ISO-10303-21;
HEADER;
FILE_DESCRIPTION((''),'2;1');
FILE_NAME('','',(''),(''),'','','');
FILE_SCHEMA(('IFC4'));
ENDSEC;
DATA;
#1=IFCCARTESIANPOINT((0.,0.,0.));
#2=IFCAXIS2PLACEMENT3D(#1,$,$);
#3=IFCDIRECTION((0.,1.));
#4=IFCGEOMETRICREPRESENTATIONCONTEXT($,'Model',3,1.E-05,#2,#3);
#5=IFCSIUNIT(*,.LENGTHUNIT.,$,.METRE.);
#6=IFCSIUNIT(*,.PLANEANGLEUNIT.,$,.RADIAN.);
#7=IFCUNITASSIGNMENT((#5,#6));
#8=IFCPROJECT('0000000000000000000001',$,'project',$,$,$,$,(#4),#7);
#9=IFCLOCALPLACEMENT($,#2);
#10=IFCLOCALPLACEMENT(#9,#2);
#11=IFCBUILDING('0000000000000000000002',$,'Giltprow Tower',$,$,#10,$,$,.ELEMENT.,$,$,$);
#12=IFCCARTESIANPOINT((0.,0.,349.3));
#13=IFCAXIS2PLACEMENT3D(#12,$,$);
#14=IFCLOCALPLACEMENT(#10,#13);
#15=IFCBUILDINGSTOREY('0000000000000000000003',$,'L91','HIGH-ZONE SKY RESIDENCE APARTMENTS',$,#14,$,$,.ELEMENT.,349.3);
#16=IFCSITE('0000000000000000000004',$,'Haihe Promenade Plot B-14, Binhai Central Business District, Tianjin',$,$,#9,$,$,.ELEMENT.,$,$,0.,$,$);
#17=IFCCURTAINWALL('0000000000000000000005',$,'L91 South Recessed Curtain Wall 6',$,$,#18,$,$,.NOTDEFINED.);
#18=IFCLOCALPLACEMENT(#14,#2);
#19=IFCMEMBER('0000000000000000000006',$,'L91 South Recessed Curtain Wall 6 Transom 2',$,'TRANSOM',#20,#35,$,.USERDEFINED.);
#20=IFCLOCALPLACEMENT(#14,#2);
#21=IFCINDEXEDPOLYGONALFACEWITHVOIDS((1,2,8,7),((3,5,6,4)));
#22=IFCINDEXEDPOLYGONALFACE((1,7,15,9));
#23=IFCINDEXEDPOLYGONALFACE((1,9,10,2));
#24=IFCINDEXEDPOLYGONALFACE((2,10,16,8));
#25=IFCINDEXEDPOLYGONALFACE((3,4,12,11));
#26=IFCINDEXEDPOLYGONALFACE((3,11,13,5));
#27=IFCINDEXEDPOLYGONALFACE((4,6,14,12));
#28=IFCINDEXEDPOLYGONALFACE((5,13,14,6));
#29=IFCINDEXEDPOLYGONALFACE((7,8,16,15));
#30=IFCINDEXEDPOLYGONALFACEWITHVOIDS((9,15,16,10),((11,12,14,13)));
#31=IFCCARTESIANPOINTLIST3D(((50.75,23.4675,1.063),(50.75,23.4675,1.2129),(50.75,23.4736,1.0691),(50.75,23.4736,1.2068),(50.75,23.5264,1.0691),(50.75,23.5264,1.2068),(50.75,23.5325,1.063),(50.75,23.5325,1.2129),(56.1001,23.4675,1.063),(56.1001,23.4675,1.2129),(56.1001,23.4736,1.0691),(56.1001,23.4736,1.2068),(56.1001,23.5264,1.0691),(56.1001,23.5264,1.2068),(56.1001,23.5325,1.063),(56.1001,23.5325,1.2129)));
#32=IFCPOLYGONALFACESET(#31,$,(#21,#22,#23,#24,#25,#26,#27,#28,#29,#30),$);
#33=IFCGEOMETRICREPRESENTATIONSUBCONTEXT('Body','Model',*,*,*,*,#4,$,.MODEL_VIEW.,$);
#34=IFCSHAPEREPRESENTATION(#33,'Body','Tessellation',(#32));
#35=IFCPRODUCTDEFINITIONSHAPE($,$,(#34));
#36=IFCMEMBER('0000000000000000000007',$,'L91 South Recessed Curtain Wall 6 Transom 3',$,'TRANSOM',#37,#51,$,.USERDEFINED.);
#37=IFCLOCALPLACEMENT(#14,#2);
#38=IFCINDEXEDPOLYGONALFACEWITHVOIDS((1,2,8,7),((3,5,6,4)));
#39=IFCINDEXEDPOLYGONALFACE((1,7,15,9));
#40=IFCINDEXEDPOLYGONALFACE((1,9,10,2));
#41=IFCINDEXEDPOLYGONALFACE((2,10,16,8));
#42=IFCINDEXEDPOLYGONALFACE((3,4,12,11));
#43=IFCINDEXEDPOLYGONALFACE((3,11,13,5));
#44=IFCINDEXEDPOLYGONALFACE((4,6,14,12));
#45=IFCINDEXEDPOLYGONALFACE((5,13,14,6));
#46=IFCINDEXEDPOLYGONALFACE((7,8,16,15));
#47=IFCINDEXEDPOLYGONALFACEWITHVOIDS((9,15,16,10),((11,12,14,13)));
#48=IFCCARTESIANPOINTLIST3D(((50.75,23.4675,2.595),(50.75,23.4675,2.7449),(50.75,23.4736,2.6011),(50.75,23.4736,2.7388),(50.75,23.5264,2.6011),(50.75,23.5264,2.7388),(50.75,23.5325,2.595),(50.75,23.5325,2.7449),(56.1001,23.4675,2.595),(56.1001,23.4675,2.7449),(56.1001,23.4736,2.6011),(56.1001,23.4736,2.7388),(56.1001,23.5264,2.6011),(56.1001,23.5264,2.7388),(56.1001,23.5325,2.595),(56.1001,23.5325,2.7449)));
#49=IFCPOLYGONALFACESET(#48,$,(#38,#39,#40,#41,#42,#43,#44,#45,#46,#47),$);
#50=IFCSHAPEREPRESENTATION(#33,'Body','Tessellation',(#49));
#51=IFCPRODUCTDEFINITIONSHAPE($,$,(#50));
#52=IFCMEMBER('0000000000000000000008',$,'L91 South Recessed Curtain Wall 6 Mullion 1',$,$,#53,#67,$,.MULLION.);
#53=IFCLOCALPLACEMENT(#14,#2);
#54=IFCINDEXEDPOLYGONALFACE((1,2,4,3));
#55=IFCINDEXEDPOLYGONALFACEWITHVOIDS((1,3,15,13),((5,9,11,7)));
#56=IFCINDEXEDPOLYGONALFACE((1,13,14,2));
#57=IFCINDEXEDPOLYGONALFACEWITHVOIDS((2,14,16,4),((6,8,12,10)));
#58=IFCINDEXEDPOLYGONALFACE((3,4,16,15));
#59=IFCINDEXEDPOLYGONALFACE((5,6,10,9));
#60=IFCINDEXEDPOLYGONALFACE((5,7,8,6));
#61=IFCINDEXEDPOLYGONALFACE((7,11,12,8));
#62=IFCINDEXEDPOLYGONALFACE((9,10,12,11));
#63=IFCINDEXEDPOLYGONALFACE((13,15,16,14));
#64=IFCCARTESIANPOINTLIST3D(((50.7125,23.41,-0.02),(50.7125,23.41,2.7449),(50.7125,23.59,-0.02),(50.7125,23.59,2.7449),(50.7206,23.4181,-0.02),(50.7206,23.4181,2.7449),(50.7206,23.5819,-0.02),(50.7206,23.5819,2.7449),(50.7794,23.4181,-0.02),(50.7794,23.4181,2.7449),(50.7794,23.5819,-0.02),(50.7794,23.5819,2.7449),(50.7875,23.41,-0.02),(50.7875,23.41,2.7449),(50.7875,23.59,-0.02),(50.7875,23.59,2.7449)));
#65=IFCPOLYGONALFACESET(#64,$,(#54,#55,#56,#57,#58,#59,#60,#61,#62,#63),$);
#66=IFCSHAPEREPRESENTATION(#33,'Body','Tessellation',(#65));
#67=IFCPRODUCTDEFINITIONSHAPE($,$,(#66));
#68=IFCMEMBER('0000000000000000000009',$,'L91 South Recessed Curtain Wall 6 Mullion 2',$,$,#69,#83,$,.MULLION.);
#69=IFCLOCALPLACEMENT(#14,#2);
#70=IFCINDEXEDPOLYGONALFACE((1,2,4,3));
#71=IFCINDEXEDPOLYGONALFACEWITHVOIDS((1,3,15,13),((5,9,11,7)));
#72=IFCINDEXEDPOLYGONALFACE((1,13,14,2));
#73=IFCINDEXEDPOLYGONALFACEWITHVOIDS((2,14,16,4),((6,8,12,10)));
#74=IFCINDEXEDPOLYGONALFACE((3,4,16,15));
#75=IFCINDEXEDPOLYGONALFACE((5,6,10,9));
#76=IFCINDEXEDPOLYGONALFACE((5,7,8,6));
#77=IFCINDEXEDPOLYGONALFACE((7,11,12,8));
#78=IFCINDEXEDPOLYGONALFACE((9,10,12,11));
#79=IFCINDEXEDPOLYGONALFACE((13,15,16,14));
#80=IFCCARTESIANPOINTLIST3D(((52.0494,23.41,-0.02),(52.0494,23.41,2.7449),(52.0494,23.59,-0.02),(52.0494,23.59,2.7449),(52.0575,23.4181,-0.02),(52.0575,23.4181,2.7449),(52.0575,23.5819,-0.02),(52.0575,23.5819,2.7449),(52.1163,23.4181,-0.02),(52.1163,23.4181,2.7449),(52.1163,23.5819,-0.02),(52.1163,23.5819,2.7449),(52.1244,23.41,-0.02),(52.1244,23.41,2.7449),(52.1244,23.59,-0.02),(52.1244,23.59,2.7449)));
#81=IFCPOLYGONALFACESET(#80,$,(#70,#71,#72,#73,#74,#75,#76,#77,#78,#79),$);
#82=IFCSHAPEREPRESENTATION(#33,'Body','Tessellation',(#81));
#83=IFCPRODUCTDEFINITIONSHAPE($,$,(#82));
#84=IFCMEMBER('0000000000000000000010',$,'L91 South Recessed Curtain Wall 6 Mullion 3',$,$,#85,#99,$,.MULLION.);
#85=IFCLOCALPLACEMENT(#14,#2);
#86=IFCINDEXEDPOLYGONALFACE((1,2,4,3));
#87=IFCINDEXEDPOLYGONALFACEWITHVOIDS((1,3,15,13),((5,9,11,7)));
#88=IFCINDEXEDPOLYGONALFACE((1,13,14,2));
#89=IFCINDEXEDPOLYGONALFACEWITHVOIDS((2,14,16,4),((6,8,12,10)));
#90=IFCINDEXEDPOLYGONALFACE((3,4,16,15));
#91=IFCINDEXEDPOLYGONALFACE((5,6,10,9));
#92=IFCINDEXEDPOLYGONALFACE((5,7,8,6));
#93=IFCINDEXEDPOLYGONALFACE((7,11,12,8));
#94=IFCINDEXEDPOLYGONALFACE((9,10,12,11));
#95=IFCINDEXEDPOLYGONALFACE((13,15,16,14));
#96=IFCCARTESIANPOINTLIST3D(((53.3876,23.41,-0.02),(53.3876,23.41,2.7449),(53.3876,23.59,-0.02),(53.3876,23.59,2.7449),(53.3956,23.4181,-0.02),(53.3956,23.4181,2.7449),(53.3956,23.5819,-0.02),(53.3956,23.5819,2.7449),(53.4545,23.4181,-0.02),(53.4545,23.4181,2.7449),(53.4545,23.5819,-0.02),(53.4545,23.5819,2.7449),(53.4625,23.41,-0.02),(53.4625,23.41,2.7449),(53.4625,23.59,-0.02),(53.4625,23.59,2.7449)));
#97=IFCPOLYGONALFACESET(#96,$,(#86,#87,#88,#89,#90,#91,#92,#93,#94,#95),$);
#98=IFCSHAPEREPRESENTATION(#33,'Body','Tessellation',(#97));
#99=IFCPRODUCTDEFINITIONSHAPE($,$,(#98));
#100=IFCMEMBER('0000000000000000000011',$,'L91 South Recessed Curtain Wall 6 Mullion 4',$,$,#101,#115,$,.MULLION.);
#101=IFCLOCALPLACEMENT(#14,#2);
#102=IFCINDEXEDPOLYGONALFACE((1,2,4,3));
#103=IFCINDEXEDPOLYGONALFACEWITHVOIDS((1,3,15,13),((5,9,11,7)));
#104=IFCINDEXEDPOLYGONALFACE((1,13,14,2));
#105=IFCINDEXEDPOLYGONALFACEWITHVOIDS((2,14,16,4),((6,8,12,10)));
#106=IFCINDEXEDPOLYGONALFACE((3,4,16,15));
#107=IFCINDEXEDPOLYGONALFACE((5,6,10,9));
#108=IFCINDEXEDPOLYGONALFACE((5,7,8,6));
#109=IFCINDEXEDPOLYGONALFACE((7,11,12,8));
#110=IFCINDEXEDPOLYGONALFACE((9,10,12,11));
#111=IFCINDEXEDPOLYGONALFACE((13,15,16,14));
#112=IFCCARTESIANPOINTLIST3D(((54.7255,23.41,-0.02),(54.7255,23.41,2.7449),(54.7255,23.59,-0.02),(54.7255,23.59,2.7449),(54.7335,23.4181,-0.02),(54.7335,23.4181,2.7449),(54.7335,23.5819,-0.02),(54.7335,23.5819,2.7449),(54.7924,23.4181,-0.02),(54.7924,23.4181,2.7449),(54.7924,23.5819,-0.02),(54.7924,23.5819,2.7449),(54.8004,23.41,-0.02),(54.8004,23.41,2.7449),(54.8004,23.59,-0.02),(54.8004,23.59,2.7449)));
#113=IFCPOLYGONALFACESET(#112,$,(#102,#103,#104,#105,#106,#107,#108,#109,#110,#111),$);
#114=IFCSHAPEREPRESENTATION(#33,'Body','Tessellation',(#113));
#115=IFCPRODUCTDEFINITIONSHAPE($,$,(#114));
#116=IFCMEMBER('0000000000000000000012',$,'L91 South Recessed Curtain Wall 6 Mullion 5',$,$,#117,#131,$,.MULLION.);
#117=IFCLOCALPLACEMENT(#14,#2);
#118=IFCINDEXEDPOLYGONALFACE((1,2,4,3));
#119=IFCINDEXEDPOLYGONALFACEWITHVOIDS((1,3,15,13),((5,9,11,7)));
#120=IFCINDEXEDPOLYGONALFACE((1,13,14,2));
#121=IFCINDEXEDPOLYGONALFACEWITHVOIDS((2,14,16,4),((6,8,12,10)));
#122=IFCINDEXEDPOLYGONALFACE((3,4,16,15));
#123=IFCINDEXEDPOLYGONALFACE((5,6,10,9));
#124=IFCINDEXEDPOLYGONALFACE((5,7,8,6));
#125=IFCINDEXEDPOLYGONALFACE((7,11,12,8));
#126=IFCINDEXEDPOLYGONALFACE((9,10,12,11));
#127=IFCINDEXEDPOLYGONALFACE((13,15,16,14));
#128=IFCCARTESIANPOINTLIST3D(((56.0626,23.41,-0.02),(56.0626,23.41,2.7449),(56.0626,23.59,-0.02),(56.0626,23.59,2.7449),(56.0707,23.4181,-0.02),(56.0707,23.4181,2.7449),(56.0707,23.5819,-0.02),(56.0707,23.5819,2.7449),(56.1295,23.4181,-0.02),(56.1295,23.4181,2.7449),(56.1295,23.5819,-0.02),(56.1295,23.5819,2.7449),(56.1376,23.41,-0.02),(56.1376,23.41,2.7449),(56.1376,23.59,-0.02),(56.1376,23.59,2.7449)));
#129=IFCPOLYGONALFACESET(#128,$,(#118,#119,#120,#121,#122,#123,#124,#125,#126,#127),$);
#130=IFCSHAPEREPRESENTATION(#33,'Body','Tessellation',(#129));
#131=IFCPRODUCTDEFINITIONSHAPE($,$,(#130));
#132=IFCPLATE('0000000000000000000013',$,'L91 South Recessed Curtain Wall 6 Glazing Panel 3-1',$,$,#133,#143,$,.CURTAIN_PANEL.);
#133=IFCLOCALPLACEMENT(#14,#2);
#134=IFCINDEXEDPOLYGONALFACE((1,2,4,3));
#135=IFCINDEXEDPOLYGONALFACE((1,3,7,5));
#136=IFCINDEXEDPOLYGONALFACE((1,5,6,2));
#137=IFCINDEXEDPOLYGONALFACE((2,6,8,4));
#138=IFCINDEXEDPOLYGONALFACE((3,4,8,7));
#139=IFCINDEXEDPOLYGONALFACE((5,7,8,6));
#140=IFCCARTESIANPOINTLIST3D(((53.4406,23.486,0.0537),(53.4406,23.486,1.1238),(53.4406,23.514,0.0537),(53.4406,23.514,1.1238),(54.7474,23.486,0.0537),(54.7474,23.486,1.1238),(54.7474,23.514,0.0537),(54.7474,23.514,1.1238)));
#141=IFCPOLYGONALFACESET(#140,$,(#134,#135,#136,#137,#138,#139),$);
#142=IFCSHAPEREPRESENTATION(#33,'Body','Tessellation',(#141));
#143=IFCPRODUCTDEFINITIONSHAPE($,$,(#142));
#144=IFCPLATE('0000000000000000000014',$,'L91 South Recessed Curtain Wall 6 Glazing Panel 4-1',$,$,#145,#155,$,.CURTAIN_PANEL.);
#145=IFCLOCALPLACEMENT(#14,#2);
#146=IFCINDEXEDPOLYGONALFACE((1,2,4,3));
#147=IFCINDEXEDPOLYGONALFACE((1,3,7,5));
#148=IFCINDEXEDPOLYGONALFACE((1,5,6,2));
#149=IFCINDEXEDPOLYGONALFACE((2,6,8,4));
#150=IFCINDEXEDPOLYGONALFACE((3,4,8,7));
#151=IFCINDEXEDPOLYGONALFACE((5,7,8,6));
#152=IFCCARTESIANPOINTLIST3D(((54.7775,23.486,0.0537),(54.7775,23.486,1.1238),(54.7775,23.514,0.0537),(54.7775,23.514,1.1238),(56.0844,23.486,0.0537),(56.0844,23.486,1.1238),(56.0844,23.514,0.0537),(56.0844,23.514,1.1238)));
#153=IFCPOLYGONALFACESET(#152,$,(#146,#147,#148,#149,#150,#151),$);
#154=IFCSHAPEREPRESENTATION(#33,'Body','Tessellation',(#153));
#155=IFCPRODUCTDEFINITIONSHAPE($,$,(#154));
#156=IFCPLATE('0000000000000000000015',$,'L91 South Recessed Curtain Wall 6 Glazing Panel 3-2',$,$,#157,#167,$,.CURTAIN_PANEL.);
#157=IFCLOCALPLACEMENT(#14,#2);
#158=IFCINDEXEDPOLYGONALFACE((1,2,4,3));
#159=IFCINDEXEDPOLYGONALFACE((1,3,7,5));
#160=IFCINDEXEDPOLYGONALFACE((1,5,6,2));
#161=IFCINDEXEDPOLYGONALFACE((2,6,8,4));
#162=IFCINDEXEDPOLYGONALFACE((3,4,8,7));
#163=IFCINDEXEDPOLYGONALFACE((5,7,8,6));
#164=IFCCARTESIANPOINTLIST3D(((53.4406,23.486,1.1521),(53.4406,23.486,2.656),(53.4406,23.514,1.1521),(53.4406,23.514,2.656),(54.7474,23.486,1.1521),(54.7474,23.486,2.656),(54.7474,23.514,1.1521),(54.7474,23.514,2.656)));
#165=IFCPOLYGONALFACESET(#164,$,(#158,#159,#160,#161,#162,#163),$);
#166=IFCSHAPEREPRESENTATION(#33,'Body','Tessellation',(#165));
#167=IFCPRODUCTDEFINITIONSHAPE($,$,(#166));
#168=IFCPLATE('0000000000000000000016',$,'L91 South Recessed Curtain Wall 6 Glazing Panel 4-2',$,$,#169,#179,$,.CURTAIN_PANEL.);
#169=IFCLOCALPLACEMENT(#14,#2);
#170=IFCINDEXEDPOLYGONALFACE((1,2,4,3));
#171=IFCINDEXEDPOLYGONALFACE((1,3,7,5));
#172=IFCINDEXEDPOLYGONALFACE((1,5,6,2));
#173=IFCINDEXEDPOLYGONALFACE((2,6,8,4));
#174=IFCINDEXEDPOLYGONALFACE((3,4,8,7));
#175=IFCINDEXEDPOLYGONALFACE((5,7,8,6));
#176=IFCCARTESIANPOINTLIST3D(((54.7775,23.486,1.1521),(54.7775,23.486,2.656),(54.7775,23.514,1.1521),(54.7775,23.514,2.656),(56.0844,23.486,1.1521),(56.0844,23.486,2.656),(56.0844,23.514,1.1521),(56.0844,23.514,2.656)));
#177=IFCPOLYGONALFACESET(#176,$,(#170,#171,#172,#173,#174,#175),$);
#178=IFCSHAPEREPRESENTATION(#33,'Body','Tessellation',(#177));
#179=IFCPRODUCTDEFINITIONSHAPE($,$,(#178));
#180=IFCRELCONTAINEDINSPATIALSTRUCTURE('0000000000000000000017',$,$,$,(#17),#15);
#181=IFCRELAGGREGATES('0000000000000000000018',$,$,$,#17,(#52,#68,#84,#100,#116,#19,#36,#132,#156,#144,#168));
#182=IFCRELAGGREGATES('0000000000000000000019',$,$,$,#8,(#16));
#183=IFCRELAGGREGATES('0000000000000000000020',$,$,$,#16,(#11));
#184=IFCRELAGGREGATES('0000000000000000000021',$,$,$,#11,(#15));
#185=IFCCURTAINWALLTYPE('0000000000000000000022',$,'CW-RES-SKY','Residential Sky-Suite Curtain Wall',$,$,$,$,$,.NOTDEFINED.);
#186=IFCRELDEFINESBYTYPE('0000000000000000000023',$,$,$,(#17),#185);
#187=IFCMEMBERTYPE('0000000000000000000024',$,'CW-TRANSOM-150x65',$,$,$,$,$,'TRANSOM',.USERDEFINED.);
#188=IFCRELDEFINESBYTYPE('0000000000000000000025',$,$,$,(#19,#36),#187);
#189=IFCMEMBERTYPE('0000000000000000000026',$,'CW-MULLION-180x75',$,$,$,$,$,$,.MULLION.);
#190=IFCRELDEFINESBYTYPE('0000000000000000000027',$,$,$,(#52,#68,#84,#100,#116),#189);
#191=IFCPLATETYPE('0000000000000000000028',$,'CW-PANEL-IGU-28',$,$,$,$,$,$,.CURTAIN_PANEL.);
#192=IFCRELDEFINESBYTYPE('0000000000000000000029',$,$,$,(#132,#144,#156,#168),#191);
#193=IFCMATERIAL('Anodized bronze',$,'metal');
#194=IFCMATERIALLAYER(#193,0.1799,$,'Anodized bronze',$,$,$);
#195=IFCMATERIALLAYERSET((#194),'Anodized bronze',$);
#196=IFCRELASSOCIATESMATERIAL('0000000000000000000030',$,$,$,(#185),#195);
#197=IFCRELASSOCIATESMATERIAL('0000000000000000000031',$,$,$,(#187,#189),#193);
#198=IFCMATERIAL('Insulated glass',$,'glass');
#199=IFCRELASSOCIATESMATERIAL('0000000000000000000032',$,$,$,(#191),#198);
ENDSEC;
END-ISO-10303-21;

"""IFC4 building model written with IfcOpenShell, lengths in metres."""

from ifc_helpers import new_model, si_unit, direction, frame, origin, origin_2d, place, context, subcontext, project, spatial, rectangle, hollow_rectangle, extrude, source, transform, mapped, material, layer, layer_set, material_profile, profile_set, type_object, element, aggregate, save


model = new_model("IFC4")

# Units and contexts
model_context = context("Model", 3, precision=1e-05, world=origin(), true_north=direction((0.0, 1.0)))
body_context = subcontext(model_context, "Body", "Model", "MODEL_VIEW")
ifc_project = project(units=[si_unit("LENGTHUNIT", "METRE"), si_unit("PLANEANGLEUNIT", "RADIAN")], contexts=[model_context])

# Site, building, storey
site_placement = place(None, origin())
site = spatial("IfcSite", under=ifc_project, at=site_placement, Name="Haihe Promenade Plot B-14, Binhai Central Business District, Tianjin", CompositionType="ELEMENT", RefElevation=0.0)
building_placement = place(site_placement, origin())
building = spatial("IfcBuilding", under=site, at=building_placement, Name="Giltprow Tower", CompositionType="ELEMENT")
storey_placement = place(building_placement, frame((0.0, 0.0, 349.3)))
storey = spatial("IfcBuildingStorey", under=building, at=storey_placement, Name="L91", Description="HIGH-ZONE SKY RESIDENCE APARTMENTS", CompositionType="ELEMENT", Elevation=349.3)

# Curtain wall, members, plates
ifc_material_1 = material(Name="Anodized bronze", Category="metal")
ifc_layer_1 = layer(ifc_material_1, 0.1799, Name="Anodized bronze")
ifc_layer_set_1 = layer_set([ifc_layer_1], Name="Anodized bronze")
curtain_wall_type = type_object("IfcCurtainWallType", Name="CW-RES-SKY", Description="Residential Sky-Suite Curtain Wall", PredefinedType="NOTDEFINED", material=ifc_layer_set_1)
curtain_wall_placement = place(storey_placement, origin())
curtain_wall = element("IfcCurtainWall", 1, at=curtain_wall_placement, inside=storey, type_object=curtain_wall_type, Name="L91 South Recessed Curtain Wall 6", PredefinedType="NOTDEFINED")
ifc_material_profile_1 = material_profile(ifc_material_1, hollow_rectangle(XDim=0.0649, YDim=0.1499, WallThickness=0.0061, at=origin_2d()), Name="RHS 150x65x6")
ifc_profile_set_1 = profile_set([ifc_material_profile_1], Name="Anodized bronze")
member_type_1 = type_object("IfcMemberType", Name="CW-TRANSOM-150x65", ElementType="TRANSOM", PredefinedType="USERDEFINED", material=ifc_profile_set_1)
shared_shape_1 = source(origin(), body_context, "Body", "SweptSolid", [
    extrude(hollow_rectangle(XDim=0.0649, YDim=0.1499, WallThickness=0.0061, at=origin_2d()), origin(), (0.0, 0.0, 1.0), 5.3501),
])
member_1_placement = place(storey_placement, frame((50.75, 23.5, 1.1379), z_axis=(1.0, 0.0, 0.0), x_axis=(0.0, 1.0, 0.0)))
member_1 = element("IfcMember", 2, at=member_1_placement, type_object=member_type_1, Name="L91 South Recessed Curtain Wall 6 Transom 2", ObjectType="TRANSOM", PredefinedType="USERDEFINED", context=body_context, shape_type="MappedRepresentation", body=[
    mapped(shared_shape_1, transform((0.0, 0.0, 0.0), x_axis=(1.0, 0.0, 0.0), y_axis=(0.0, 1.0, 0.0), z_axis=(0.0, 0.0, 1.0), scale=1.0)),
])
member_2_placement = place(storey_placement, frame((50.75, 23.5, 2.6699), z_axis=(1.0, 0.0, 0.0), x_axis=(0.0, 1.0, 0.0)))
member_2 = element("IfcMember", 3, at=member_2_placement, type_object=member_type_1, Name="L91 South Recessed Curtain Wall 6 Transom 3", ObjectType="TRANSOM", PredefinedType="USERDEFINED", context=body_context, shape_type="MappedRepresentation", body=[
    mapped(shared_shape_1, transform((0.0, 0.0, 0.0), x_axis=(1.0, 0.0, 0.0), y_axis=(0.0, 1.0, 0.0), z_axis=(0.0, 0.0, 1.0), scale=1.0)),
])
ifc_material_profile_2 = material_profile(ifc_material_1, hollow_rectangle(XDim=0.075, YDim=0.1799, WallThickness=0.0081, at=origin_2d()), Name="RHS 180x75x8")
ifc_profile_set_2 = profile_set([ifc_material_profile_2], Name="Anodized bronze")
member_type_2 = type_object("IfcMemberType", Name="CW-MULLION-180x75", PredefinedType="MULLION", material=ifc_profile_set_2)
shared_shape_2 = source(origin(), body_context, "Body", "SweptSolid", [
    extrude(hollow_rectangle(XDim=0.075, YDim=0.1799, WallThickness=0.0081, at=origin_2d()), origin(), (0.0, 0.0, 1.0), 2.7649),
])
member_3_placement = place(storey_placement, frame((50.75, 23.5, -0.02), z_axis=(0.0, 0.0, 1.0), x_axis=(1.0, 0.0, 0.0)))
member_3 = element("IfcMember", 4, at=member_3_placement, type_object=member_type_2, Name="L91 South Recessed Curtain Wall 6 Mullion 1", PredefinedType="MULLION", context=body_context, shape_type="MappedRepresentation", body=[
    mapped(shared_shape_2, transform((0.0, 0.0, 0.0), x_axis=(1.0, 0.0, 0.0), y_axis=(0.0, 1.0, 0.0), z_axis=(0.0, 0.0, 1.0), scale=1.0)),
])
member_4_placement = place(storey_placement, frame((52.0869, 23.5, -0.02), z_axis=(0.0, 0.0, 1.0), x_axis=(1.0, 0.0, 0.0)))
member_4 = element("IfcMember", 5, at=member_4_placement, type_object=member_type_2, Name="L91 South Recessed Curtain Wall 6 Mullion 2", PredefinedType="MULLION", context=body_context, shape_type="MappedRepresentation", body=[
    mapped(shared_shape_2, transform((0.0, 0.0, 0.0), x_axis=(1.0, 0.0, 0.0), y_axis=(0.0, 1.0, 0.0), z_axis=(0.0, 0.0, 1.0), scale=1.0)),
])
member_5_placement = place(storey_placement, frame((53.425, 23.5, -0.02), z_axis=(0.0, 0.0, 1.0), x_axis=(1.0, 0.0, 0.0)))
member_5 = element("IfcMember", 6, at=member_5_placement, type_object=member_type_2, Name="L91 South Recessed Curtain Wall 6 Mullion 3", PredefinedType="MULLION", context=body_context, shape_type="MappedRepresentation", body=[
    mapped(shared_shape_2, transform((0.0, 0.0, 0.0), x_axis=(1.0, 0.0, 0.0), y_axis=(0.0, 1.0, 0.0), z_axis=(0.0, 0.0, 1.0), scale=1.0)),
])
member_6_placement = place(storey_placement, frame((54.7629, 23.5, -0.02), z_axis=(0.0, 0.0, 1.0), x_axis=(1.0, 0.0, 0.0)))
member_6 = element("IfcMember", 7, at=member_6_placement, type_object=member_type_2, Name="L91 South Recessed Curtain Wall 6 Mullion 4", PredefinedType="MULLION", context=body_context, shape_type="MappedRepresentation", body=[
    mapped(shared_shape_2, transform((0.0, 0.0, 0.0), x_axis=(1.0, 0.0, 0.0), y_axis=(0.0, 1.0, 0.0), z_axis=(0.0, 0.0, 1.0), scale=1.0)),
])
member_7_placement = place(storey_placement, frame((56.1001, 23.5, -0.02), z_axis=(0.0, 0.0, 1.0), x_axis=(1.0, 0.0, 0.0)))
member_7 = element("IfcMember", 8, at=member_7_placement, type_object=member_type_2, Name="L91 South Recessed Curtain Wall 6 Mullion 5", PredefinedType="MULLION", context=body_context, shape_type="MappedRepresentation", body=[
    mapped(shared_shape_2, transform((0.0, 0.0, 0.0), x_axis=(1.0, 0.0, 0.0), y_axis=(0.0, 1.0, 0.0), z_axis=(0.0, 0.0, 1.0), scale=1.0)),
])
ifc_material_2 = material(Name="Insulated glass", Category="glass")
plate_type = type_object("IfcPlateType", Name="CW-PANEL-IGU-28", PredefinedType="CURTAIN_PANEL", material=ifc_material_2)
shared_shape_3 = source(origin(), body_context, "Body", "SweptSolid", [
    extrude(rectangle(XDim=1.3069, YDim=0.0281, at=origin_2d()), origin(), (0.0, 0.0, 1.0), 1.0701),
])
plate_1_placement = place(storey_placement, frame((54.094, 23.5, 0.0537), z_axis=(0.0, 0.0, 1.0), x_axis=(1.0, 0.0, 0.0)))
plate_1 = element("IfcPlate", 9, at=plate_1_placement, type_object=plate_type, Name="L91 South Recessed Curtain Wall 6 Glazing Panel 3-1", PredefinedType="CURTAIN_PANEL", context=body_context, shape_type="MappedRepresentation", body=[
    mapped(shared_shape_3, transform((0.0, 0.0, 0.0), x_axis=(1.0, 0.0, 0.0), y_axis=(0.0, 1.0, 0.0), z_axis=(0.0, 0.0, 1.0), scale=1.0)),
])
plate_2_placement = place(storey_placement, frame((55.4309, 23.5, 0.0537), z_axis=(0.0, 0.0, 1.0), x_axis=(1.0, 0.0, 0.0)))
plate_2 = element("IfcPlate", 10, at=plate_2_placement, type_object=plate_type, Name="L91 South Recessed Curtain Wall 6 Glazing Panel 4-1", PredefinedType="CURTAIN_PANEL", context=body_context, shape_type="MappedRepresentation", body=[
    mapped(shared_shape_3, transform((0.0, 0.0, 0.0), x_axis=(1.0, 0.0, 0.0), y_axis=(0.0, 1.0, 0.0), z_axis=(0.0, 0.0, 1.0), scale=1.0)),
])
shared_shape_4 = source(origin(), body_context, "Body", "SweptSolid", [
    extrude(rectangle(XDim=1.3069, YDim=0.0281, at=origin_2d()), origin(), (0.0, 0.0, 1.0), 1.5039),
])
plate_3_placement = place(storey_placement, frame((54.094, 23.5, 1.1521), z_axis=(0.0, 0.0, 1.0), x_axis=(1.0, 0.0, 0.0)))
plate_3 = element("IfcPlate", 11, at=plate_3_placement, type_object=plate_type, Name="L91 South Recessed Curtain Wall 6 Glazing Panel 3-2", PredefinedType="CURTAIN_PANEL", context=body_context, shape_type="MappedRepresentation", body=[
    mapped(shared_shape_4, transform((0.0, 0.0, 0.0), x_axis=(1.0, 0.0, 0.0), y_axis=(0.0, 1.0, 0.0), z_axis=(0.0, 0.0, 1.0), scale=1.0)),
])
plate_4_placement = place(storey_placement, frame((55.4309, 23.5, 1.1521), z_axis=(0.0, 0.0, 1.0), x_axis=(1.0, 0.0, 0.0)))
plate_4 = element("IfcPlate", 12, at=plate_4_placement, type_object=plate_type, Name="L91 South Recessed Curtain Wall 6 Glazing Panel 4-2", PredefinedType="CURTAIN_PANEL", context=body_context, shape_type="MappedRepresentation", body=[
    mapped(shared_shape_4, transform((0.0, 0.0, 0.0), x_axis=(1.0, 0.0, 0.0), y_axis=(0.0, 1.0, 0.0), z_axis=(0.0, 0.0, 1.0), scale=1.0)),
])
aggregate(curtain_wall, [member_3, member_4, member_5, member_6, member_7, member_1, member_2, plate_1, plate_3, plate_2, plate_4])

save(model, "model.ifc")
